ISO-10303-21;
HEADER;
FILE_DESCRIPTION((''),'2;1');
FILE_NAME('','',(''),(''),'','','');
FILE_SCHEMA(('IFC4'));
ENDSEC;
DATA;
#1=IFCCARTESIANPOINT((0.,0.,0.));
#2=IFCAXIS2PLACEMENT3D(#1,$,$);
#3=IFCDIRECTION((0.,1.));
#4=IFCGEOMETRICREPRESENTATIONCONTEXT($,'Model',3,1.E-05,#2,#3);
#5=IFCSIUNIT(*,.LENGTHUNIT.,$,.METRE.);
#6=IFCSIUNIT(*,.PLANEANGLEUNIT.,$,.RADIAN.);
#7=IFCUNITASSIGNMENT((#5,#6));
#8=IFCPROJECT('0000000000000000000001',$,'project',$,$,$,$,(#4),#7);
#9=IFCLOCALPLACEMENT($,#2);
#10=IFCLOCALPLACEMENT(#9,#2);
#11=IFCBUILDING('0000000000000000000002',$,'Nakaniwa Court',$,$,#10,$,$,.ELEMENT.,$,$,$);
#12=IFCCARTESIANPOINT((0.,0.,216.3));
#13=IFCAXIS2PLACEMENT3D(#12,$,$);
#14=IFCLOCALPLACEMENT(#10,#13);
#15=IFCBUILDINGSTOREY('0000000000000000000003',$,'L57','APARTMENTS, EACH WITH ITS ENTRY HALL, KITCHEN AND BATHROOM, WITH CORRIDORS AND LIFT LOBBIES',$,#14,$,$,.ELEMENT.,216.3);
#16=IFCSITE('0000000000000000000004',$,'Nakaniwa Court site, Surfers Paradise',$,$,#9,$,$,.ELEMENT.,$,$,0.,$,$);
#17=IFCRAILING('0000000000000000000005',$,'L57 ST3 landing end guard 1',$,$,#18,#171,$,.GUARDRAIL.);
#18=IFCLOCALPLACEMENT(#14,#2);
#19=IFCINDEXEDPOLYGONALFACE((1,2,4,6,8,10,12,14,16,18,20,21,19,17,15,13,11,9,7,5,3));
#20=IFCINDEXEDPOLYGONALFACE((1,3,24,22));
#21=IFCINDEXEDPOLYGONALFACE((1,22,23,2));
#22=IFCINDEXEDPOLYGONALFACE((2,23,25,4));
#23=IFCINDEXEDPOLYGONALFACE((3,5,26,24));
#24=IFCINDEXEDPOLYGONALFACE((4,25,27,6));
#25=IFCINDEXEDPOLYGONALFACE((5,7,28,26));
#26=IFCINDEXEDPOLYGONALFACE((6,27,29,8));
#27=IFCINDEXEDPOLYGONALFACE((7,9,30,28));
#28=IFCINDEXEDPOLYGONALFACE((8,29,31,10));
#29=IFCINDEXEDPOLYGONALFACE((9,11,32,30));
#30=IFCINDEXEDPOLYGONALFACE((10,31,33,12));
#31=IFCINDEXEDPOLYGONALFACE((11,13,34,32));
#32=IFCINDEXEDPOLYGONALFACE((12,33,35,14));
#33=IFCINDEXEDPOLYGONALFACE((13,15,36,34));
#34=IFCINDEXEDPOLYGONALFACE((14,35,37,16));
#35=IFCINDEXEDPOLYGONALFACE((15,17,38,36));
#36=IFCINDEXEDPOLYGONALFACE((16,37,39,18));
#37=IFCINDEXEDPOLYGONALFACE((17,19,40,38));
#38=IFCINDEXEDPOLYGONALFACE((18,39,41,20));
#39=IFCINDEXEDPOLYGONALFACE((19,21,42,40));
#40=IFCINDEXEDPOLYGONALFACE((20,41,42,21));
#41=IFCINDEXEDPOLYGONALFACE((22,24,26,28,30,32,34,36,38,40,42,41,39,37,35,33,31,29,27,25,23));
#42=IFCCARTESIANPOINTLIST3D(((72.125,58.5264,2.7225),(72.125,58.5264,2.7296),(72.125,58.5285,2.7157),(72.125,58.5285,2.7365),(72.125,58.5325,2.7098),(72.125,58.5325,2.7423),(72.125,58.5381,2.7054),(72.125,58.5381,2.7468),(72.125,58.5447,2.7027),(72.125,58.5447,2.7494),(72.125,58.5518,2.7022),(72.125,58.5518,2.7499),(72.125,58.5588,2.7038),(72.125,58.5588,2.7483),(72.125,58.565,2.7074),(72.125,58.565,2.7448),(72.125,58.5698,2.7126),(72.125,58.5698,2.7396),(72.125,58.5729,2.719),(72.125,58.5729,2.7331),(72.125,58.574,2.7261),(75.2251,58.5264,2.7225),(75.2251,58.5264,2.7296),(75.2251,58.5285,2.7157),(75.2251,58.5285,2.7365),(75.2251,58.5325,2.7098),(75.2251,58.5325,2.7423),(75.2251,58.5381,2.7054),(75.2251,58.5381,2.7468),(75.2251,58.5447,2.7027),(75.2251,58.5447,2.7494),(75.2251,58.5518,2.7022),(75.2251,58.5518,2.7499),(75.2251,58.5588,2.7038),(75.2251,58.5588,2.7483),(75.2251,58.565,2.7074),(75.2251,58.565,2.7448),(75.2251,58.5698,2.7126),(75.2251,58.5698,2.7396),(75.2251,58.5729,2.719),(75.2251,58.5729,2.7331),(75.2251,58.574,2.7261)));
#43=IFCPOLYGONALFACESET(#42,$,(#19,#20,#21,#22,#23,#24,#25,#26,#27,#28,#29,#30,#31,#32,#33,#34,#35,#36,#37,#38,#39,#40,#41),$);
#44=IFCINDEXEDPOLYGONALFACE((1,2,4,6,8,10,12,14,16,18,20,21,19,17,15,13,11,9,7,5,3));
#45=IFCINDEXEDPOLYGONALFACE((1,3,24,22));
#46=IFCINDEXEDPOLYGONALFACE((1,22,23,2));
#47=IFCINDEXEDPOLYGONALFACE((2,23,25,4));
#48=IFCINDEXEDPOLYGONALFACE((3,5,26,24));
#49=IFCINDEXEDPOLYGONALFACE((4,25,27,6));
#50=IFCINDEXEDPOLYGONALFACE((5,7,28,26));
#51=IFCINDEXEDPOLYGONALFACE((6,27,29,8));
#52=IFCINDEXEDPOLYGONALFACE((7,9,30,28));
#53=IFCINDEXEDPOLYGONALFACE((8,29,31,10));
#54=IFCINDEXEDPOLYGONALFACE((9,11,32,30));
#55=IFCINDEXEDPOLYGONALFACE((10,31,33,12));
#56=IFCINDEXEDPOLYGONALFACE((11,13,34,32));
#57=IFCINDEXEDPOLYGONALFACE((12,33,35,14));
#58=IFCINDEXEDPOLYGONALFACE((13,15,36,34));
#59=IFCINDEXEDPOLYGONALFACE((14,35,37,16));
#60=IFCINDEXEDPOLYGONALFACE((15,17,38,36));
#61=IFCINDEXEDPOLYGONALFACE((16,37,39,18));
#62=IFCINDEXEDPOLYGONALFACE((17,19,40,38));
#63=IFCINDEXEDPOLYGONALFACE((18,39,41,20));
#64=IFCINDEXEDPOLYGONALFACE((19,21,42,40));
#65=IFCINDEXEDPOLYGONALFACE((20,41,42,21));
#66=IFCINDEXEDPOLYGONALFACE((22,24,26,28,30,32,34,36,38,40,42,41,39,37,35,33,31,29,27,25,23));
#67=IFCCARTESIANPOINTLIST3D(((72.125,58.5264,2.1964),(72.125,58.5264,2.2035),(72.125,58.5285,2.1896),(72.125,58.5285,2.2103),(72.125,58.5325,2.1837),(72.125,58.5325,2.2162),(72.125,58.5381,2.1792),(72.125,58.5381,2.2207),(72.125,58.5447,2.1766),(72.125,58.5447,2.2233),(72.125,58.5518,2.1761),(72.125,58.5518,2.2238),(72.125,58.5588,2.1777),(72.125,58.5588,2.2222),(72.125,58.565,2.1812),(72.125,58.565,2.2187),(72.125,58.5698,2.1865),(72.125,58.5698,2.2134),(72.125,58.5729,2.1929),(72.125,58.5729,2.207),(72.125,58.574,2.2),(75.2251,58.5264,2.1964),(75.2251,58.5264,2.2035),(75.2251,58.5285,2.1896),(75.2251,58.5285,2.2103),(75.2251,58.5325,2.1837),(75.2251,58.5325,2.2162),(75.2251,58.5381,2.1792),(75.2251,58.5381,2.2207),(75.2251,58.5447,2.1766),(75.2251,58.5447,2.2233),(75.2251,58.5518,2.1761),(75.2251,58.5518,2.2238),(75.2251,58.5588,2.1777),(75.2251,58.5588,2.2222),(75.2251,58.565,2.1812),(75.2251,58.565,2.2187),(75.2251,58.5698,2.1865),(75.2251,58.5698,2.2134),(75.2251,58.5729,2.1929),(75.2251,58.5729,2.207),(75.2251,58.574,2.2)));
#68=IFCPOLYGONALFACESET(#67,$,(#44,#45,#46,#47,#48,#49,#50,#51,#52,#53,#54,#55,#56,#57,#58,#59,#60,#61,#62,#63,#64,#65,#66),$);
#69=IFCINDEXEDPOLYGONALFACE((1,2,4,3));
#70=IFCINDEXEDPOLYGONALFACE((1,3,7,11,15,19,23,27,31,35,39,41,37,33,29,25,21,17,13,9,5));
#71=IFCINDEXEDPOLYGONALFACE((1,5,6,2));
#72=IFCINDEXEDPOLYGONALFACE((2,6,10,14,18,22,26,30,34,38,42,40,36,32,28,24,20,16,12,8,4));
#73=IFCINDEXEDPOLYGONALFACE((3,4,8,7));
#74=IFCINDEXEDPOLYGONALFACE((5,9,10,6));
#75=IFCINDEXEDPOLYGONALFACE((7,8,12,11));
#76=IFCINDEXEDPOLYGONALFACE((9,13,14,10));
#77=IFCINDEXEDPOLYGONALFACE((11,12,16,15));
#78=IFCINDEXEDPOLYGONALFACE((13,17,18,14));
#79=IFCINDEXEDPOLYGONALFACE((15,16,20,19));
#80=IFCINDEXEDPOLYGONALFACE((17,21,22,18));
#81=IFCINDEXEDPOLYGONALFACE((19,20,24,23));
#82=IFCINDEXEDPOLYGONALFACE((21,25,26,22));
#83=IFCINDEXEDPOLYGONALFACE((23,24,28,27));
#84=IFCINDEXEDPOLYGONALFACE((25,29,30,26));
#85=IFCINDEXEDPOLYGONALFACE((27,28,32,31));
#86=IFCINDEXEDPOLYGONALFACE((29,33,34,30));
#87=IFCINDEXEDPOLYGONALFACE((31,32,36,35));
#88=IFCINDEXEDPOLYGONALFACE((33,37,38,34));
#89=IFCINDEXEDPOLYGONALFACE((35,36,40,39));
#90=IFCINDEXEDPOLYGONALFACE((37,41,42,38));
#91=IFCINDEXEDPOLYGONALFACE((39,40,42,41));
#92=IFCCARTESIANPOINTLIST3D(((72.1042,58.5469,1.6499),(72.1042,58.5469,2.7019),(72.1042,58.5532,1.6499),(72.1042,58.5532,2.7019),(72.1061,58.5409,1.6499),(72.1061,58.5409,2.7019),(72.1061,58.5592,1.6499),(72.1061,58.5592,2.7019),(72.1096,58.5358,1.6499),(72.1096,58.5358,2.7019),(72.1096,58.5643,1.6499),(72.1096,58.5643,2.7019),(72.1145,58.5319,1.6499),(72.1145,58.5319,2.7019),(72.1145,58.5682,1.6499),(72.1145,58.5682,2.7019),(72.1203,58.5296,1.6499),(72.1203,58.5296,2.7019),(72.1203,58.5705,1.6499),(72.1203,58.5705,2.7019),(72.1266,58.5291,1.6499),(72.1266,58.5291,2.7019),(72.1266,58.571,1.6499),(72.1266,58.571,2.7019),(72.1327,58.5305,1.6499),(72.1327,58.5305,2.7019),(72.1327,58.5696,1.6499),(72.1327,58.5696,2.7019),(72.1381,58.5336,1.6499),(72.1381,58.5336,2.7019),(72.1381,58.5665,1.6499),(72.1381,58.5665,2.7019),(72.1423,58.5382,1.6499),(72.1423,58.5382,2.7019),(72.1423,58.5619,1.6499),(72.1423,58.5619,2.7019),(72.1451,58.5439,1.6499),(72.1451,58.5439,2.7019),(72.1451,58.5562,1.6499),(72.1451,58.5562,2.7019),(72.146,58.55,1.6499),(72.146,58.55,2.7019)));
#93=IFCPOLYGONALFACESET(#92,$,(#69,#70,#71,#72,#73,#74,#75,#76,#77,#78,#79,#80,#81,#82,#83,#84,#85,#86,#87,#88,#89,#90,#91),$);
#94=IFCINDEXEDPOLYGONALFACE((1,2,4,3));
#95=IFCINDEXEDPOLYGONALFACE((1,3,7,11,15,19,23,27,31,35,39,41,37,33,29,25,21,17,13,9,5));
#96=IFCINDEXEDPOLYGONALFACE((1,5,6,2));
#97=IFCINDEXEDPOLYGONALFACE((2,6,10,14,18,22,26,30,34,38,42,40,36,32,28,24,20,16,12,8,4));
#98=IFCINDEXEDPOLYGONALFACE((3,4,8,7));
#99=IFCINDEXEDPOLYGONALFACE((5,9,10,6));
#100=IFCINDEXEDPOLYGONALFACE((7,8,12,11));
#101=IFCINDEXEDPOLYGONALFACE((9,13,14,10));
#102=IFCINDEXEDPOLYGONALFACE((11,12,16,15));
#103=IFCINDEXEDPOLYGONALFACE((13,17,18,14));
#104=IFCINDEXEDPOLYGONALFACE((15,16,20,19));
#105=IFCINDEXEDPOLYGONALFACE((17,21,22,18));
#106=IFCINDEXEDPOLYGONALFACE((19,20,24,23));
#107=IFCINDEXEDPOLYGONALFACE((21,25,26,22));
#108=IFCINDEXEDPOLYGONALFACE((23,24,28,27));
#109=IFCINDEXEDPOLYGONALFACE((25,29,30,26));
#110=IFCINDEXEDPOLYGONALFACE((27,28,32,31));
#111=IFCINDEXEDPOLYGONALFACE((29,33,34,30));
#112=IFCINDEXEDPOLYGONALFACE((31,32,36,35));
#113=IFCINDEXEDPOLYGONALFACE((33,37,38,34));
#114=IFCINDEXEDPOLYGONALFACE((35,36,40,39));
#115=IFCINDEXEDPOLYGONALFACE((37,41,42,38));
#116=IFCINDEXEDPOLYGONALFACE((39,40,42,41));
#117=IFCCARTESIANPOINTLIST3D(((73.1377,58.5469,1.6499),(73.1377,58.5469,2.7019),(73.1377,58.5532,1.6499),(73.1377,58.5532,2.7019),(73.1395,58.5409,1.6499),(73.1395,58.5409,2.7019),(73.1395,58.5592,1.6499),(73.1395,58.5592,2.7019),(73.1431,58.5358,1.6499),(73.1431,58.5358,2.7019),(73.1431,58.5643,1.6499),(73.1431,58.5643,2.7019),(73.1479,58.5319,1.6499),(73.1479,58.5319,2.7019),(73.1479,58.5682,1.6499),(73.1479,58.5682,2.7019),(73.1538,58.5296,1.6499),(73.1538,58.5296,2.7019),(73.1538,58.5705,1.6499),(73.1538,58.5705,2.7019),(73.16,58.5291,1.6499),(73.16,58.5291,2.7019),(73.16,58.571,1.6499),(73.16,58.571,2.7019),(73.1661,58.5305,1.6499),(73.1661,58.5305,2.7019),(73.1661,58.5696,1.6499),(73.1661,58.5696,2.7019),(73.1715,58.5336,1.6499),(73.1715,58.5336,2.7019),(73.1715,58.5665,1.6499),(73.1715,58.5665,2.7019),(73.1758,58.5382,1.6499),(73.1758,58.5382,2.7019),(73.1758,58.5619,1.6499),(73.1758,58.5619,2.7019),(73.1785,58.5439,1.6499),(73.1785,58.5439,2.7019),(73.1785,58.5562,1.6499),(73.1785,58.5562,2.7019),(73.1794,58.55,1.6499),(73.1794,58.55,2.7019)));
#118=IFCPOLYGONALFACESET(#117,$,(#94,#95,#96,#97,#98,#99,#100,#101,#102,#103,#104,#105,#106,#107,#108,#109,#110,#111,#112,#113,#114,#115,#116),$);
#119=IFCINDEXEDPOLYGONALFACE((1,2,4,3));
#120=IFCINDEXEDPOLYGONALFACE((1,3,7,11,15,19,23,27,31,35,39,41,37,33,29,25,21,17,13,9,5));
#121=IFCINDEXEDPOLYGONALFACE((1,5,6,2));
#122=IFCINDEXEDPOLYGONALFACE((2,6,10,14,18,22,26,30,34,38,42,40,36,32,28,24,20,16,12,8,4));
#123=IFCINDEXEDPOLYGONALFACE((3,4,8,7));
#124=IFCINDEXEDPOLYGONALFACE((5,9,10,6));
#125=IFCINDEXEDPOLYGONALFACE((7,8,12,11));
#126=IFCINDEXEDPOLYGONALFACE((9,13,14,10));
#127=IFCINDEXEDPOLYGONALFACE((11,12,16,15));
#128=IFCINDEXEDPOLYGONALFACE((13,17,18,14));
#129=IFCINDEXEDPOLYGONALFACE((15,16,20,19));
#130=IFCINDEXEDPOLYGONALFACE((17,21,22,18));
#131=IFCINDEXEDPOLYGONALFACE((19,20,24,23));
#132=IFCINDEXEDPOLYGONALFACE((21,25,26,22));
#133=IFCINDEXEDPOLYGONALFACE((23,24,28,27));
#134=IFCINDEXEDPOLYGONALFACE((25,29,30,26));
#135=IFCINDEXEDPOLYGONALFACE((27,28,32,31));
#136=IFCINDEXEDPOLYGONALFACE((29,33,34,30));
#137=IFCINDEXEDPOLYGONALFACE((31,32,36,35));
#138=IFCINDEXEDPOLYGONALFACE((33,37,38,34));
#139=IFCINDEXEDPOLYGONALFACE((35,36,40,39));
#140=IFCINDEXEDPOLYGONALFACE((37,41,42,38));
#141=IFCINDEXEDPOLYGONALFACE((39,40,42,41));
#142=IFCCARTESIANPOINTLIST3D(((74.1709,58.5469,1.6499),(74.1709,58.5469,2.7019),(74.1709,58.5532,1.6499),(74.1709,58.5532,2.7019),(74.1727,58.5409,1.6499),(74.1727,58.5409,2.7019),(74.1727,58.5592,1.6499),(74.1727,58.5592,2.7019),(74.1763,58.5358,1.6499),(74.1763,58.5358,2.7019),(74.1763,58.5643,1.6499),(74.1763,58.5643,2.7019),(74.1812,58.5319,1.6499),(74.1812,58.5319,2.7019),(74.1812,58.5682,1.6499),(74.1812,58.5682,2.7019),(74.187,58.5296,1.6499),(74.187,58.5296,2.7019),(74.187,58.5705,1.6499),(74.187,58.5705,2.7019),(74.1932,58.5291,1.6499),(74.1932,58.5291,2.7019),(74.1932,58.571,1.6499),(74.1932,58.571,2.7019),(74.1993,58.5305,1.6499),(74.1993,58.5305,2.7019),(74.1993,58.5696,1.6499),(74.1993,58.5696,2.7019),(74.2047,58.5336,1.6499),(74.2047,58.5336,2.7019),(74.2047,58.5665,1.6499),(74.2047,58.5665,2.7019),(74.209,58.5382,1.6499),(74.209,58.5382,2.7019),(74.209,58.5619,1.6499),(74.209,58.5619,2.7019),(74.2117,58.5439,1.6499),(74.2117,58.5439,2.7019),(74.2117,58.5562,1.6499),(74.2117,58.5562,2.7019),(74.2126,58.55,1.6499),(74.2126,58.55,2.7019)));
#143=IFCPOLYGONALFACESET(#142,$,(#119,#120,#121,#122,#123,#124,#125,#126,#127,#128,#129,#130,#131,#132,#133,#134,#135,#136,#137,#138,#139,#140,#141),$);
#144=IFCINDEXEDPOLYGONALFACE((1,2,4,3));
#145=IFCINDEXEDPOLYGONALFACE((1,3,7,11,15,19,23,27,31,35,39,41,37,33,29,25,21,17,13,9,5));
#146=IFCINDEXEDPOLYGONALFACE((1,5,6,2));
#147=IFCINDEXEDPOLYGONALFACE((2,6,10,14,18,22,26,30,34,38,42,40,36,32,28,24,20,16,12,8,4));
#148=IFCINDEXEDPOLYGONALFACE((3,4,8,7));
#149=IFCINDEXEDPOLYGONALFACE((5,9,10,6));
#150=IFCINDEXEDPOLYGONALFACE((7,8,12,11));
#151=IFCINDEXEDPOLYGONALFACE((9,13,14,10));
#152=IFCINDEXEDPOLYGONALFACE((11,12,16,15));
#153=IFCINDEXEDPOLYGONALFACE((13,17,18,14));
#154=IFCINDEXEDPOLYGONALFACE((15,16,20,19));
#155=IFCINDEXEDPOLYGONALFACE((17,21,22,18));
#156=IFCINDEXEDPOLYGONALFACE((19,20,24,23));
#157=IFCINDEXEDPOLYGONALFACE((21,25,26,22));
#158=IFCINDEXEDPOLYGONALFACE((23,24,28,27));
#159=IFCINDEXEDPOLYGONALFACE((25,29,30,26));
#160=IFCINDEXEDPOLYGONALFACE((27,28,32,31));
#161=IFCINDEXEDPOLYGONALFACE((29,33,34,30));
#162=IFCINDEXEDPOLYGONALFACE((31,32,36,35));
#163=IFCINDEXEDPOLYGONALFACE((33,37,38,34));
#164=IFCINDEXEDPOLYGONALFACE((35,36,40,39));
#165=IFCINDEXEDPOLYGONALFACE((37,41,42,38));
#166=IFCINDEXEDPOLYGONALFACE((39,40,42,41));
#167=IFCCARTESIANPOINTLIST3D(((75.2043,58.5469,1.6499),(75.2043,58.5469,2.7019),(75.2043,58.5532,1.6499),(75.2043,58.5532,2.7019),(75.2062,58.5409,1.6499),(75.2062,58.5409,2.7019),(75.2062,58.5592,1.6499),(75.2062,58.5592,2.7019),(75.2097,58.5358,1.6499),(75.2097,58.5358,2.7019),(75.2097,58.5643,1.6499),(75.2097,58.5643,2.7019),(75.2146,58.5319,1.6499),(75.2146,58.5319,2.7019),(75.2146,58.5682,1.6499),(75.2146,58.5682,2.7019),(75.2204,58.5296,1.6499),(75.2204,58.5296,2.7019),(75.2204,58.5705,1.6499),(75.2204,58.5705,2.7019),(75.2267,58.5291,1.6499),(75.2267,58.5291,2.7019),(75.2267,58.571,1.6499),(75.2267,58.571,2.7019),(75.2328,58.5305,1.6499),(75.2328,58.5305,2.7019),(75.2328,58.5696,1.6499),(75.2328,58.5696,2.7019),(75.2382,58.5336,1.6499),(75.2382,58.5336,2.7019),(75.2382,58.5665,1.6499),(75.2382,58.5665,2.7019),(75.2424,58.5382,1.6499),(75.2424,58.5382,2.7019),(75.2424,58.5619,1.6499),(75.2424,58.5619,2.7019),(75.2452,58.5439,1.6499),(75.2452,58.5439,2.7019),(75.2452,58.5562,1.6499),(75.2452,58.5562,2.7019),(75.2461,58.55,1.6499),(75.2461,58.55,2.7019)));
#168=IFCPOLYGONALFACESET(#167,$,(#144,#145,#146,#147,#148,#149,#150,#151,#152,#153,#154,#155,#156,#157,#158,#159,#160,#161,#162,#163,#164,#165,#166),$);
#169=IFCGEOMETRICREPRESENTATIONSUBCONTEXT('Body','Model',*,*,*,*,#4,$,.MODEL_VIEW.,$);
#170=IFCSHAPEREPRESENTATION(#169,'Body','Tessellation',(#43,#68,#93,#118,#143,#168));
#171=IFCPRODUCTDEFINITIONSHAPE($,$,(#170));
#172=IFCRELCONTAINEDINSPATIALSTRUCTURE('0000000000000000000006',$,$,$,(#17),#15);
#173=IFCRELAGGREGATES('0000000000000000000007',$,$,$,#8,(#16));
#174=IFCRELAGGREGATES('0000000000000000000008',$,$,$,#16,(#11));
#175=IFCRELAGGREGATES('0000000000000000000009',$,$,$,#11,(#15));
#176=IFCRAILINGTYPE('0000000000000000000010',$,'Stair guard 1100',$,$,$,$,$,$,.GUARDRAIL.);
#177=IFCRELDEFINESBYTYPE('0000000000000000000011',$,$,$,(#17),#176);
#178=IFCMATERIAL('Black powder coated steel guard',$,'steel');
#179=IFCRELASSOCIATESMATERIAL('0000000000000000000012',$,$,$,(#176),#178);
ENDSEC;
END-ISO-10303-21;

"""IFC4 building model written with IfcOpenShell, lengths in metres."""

from ifc_helpers import new_model, si_unit, direction, frame, origin, origin_2d, place, context, subcontext, project, spatial, circle, extrude, material, type_object, element, save


model = new_model("IFC4")

# Units and contexts
model_context = context("Model", 3, precision=1e-05, world=origin(), true_north=direction((0.0, 1.0)))
body_context = subcontext(model_context, "Body", "Model", "MODEL_VIEW")
ifc_project = project(units=[si_unit("LENGTHUNIT", "METRE"), si_unit("PLANEANGLEUNIT", "RADIAN")], contexts=[model_context])

# Site, building, storey
site_placement = place(None, origin())
site = spatial("IfcSite", under=ifc_project, at=site_placement, Name="Nakaniwa Court site, Surfers Paradise", CompositionType="ELEMENT", RefElevation=0.0)
building_placement = place(site_placement, origin())
building = spatial("IfcBuilding", under=site, at=building_placement, Name="Nakaniwa Court", CompositionType="ELEMENT")
storey_placement = place(building_placement, frame((0.0, 0.0, 216.3)))
storey = spatial("IfcBuildingStorey", under=building, at=storey_placement, Name="L57", Description="APARTMENTS, EACH WITH ITS ENTRY HALL, KITCHEN AND BATHROOM, WITH CORRIDORS AND LIFT LOBBIES", CompositionType="ELEMENT", Elevation=216.3)

# Railing
ifc_material_1 = material(Name="Black powder coated steel guard", Category="steel")
railing_type_1 = type_object("IfcRailingType", Name="Stair guard 1100", PredefinedType="GUARDRAIL", material=ifc_material_1)
railing_1_placement = place(storey_placement, frame((72.125, 58.55, 1.6499)))
element("IfcRailing", 1, at=railing_1_placement, inside=storey, type_object=railing_type_1, Name="L57 ST3 landing end guard 1", PredefinedType="GUARDRAIL", context=body_context, shape_type="SweptSolid", body=[
    extrude(circle(Radius=0.0239, at=origin_2d()), frame((0.0, 0.0, 1.0762), z_axis=(1.0, 0.0, 0.0), x_axis=(0.0, 1.0, 0.0)), (0.0, 0.0, 1.0), 3.1001),
    extrude(circle(Radius=0.0239, at=origin_2d()), frame((0.0, 0.0, 0.55), z_axis=(1.0, 0.0, 0.0), x_axis=(0.0, 1.0, 0.0)), (0.0, 0.0, 1.0), 3.1001),
    extrude(circle(Radius=0.021, at=origin_2d()), origin(), (0.0, 0.0, 1.0), 1.052),
    extrude(circle(Radius=0.021, at=origin_2d()), frame((1.0334, 0.0, 0.0)), (0.0, 0.0, 1.0), 1.052),
    extrude(circle(Radius=0.021, at=origin_2d()), frame((2.0667, 0.0, 0.0)), (0.0, 0.0, 1.0), 1.052),
    extrude(circle(Radius=0.021, at=origin_2d()), frame((3.1001, 0.0, 0.0)), (0.0, 0.0, 1.0), 1.052),
])

save(model, "model.ifc")
